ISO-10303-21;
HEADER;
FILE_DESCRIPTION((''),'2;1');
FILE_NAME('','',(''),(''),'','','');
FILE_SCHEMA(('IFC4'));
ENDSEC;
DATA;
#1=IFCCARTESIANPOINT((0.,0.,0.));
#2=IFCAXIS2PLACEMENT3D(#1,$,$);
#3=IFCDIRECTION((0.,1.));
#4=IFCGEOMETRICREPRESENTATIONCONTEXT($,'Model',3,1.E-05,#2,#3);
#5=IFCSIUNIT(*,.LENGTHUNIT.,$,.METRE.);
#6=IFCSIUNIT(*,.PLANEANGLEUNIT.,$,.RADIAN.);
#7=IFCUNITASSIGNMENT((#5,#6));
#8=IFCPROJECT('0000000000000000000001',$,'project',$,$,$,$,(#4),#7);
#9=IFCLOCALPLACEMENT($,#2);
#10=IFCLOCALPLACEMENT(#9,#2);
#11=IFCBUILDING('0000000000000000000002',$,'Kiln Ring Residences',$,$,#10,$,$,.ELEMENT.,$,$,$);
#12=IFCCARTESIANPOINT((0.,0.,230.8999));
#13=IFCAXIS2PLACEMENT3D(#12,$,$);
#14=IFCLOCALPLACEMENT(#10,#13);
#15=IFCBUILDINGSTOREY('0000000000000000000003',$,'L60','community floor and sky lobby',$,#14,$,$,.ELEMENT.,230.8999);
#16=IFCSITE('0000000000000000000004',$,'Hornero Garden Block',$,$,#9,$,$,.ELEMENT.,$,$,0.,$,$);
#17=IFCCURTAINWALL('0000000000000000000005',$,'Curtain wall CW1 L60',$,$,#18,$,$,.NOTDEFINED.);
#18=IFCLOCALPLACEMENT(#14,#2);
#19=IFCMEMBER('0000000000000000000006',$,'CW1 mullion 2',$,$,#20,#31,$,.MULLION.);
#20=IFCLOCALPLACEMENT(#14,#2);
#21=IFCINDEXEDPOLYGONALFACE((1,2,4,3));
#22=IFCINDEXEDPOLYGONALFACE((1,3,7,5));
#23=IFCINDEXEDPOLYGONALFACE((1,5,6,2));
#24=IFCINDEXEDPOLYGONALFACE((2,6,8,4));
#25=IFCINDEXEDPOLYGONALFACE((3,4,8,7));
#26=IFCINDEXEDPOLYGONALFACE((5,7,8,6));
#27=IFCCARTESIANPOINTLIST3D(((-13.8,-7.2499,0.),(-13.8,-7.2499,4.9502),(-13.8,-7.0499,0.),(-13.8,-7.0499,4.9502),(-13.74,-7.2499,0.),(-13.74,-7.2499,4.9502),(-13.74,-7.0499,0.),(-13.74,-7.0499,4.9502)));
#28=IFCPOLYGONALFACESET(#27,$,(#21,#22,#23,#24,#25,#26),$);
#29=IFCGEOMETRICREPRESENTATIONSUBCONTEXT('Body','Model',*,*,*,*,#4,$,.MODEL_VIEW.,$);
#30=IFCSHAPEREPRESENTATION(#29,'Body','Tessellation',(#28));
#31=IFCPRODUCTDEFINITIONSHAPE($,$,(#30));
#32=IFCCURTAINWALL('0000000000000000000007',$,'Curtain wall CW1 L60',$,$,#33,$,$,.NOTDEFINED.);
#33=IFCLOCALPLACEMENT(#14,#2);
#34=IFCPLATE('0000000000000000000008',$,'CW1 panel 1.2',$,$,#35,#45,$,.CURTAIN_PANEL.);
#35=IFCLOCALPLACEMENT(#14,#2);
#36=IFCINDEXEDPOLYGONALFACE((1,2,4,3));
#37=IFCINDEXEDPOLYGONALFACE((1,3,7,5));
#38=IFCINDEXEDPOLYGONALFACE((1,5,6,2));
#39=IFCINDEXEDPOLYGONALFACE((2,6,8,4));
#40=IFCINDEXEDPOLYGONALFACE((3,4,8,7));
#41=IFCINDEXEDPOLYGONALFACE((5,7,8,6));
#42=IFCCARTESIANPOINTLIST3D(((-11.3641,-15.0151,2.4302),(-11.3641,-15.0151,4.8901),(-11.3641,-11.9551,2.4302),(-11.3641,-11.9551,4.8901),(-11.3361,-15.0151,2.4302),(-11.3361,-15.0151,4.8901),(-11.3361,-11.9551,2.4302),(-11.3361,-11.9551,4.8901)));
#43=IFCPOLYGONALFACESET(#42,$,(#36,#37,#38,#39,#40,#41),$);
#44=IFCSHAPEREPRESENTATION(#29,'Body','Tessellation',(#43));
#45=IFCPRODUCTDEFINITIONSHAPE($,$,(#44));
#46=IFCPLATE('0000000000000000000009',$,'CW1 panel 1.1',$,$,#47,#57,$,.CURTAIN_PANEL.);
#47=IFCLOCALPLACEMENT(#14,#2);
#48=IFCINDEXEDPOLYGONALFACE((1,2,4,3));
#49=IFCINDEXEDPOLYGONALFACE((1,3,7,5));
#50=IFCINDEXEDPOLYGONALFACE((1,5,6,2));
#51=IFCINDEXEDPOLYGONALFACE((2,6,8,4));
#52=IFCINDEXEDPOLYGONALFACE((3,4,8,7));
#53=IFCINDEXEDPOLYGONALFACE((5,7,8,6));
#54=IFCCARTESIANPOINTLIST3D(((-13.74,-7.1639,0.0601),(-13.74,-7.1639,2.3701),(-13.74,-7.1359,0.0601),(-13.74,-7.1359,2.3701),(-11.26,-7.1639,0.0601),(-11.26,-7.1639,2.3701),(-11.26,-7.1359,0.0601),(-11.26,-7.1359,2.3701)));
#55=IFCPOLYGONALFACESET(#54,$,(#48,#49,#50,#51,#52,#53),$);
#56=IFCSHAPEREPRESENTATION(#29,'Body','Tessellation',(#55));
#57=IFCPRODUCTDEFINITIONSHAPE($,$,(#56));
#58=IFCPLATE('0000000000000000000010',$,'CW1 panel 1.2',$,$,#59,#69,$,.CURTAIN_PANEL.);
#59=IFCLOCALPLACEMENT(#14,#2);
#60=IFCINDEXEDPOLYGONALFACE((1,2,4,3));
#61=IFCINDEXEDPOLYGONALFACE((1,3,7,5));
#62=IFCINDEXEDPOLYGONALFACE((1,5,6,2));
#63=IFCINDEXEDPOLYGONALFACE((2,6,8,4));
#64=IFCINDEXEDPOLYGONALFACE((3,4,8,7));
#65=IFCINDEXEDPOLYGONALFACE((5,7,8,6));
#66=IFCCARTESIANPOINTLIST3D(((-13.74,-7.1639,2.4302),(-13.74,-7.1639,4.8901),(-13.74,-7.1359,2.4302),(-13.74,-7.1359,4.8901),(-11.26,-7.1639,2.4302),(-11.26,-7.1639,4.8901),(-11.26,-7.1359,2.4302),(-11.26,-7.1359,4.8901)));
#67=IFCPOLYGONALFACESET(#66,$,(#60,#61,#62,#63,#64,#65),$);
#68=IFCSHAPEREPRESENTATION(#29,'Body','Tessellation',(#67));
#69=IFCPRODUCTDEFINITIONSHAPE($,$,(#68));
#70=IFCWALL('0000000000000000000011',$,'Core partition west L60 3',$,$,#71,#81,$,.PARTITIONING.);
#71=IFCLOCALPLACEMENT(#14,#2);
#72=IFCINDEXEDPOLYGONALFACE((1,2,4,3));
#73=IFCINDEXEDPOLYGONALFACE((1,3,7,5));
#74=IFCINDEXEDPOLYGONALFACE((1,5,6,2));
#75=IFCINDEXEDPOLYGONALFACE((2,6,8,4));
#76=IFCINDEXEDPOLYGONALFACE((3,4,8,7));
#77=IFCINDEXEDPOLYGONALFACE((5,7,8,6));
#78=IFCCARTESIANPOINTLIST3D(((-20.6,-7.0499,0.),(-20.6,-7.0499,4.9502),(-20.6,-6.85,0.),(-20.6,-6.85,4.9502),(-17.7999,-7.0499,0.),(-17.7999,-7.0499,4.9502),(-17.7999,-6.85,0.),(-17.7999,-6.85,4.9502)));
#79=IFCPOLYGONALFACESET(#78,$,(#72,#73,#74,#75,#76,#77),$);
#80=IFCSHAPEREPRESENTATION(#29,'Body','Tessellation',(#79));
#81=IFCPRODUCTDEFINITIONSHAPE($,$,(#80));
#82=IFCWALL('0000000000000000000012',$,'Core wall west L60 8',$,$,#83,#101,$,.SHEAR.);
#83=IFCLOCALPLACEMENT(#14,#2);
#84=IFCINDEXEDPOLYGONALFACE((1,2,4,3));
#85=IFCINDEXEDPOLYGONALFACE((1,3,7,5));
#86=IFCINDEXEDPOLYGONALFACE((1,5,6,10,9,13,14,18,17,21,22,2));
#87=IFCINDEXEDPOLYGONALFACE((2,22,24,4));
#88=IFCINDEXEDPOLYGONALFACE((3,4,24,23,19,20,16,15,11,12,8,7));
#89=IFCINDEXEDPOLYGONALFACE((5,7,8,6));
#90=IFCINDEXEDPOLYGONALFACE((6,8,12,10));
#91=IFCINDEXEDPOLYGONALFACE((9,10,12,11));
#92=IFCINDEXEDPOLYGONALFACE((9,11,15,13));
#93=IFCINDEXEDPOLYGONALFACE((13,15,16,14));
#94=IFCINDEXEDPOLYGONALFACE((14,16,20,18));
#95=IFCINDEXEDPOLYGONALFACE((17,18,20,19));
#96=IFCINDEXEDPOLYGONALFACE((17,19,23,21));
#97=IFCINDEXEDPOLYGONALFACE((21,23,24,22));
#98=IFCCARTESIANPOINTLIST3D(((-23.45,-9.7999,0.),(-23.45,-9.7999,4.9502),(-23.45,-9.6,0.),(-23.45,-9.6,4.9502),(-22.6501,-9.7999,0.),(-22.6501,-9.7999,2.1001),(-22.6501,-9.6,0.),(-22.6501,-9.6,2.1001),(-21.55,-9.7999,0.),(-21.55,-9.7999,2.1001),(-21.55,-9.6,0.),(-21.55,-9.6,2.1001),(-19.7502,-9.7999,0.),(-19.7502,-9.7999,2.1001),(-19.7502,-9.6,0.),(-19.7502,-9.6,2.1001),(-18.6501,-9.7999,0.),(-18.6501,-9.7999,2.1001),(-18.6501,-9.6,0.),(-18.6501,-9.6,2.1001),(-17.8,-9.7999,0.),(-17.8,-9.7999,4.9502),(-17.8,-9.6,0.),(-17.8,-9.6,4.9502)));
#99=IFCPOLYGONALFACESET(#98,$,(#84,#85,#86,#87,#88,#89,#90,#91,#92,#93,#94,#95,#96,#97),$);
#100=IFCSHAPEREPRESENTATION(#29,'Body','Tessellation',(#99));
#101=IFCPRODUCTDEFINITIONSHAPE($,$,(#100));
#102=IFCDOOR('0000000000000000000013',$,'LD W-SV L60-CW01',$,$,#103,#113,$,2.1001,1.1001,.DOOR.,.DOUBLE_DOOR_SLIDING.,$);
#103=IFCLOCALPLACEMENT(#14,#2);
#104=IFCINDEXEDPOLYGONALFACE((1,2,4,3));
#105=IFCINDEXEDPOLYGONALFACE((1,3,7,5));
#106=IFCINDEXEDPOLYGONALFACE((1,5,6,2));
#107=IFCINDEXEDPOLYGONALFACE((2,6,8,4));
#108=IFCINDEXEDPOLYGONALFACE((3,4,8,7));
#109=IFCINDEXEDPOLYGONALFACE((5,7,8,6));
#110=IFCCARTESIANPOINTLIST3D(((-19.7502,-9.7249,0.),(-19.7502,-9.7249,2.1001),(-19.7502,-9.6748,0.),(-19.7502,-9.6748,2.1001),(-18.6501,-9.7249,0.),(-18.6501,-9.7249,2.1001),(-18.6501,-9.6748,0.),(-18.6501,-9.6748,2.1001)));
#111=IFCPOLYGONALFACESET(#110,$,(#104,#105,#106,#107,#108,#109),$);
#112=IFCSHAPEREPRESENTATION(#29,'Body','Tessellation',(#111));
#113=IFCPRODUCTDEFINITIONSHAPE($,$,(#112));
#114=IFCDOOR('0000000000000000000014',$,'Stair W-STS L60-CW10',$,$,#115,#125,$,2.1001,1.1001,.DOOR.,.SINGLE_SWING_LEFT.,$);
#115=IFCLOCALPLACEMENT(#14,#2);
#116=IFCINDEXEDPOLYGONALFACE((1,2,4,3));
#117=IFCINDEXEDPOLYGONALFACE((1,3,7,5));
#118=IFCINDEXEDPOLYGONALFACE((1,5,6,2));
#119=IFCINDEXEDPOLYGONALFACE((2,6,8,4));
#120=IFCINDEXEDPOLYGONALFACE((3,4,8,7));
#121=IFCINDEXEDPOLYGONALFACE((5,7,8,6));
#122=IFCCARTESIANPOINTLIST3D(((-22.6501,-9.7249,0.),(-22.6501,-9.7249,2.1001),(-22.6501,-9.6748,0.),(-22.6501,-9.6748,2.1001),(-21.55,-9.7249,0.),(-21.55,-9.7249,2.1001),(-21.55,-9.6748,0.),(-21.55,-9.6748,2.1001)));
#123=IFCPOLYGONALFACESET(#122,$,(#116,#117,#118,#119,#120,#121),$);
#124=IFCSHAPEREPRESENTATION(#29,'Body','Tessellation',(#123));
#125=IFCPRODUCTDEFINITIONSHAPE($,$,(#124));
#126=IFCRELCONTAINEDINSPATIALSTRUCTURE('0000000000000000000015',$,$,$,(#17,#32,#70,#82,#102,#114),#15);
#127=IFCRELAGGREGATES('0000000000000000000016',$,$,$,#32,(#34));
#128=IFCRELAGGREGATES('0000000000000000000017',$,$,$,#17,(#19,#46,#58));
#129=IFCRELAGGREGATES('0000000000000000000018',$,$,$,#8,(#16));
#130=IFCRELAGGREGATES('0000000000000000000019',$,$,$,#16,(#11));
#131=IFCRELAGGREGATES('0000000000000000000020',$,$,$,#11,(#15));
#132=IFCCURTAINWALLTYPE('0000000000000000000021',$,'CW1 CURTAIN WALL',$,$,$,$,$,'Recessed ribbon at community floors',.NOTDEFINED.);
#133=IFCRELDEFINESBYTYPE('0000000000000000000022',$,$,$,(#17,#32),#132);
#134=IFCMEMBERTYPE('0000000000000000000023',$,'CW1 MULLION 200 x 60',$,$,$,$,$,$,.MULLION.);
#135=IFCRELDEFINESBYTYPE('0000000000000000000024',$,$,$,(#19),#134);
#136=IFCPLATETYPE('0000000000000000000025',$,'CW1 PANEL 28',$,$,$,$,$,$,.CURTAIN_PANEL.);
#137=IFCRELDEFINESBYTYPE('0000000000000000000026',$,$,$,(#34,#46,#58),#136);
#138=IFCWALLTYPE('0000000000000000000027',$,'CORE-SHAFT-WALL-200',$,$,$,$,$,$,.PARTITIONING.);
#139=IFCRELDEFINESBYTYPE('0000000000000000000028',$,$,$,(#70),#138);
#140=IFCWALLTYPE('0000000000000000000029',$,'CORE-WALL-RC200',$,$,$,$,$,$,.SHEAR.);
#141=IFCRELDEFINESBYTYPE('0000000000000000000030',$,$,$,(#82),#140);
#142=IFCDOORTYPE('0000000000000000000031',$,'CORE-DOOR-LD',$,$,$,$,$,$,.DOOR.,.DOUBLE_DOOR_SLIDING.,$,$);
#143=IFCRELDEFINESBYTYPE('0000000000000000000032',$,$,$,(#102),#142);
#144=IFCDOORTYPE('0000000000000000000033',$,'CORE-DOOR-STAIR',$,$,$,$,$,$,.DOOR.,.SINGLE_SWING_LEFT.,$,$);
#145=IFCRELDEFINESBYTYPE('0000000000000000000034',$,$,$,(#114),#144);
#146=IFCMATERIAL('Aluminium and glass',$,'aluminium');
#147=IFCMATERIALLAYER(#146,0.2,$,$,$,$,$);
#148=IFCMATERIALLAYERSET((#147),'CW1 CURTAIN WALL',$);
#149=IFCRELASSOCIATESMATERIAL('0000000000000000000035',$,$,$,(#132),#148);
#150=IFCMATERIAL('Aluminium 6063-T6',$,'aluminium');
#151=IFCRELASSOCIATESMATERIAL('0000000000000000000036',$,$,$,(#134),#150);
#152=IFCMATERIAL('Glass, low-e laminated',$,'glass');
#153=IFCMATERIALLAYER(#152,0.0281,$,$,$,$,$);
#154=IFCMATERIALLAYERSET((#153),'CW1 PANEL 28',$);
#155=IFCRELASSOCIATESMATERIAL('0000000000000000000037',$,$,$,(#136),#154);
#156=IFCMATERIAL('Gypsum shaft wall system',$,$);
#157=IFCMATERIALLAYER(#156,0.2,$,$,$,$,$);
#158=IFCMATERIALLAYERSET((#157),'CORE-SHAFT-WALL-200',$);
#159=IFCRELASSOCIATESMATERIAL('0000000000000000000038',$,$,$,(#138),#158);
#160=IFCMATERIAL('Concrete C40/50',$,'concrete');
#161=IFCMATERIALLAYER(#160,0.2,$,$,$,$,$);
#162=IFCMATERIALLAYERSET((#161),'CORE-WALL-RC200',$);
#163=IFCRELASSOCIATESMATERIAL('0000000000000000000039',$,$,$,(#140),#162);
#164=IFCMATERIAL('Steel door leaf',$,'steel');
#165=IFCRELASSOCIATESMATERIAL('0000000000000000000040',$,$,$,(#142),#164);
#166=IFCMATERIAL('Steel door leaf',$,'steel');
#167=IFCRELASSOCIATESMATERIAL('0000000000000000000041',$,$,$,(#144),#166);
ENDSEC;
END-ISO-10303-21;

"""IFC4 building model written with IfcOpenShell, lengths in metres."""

from ifc_helpers import new_model, si_unit, direction, frame, frame_2d, origin, origin_2d, place, context, subcontext, project, spatial, rectangle, extrude, material, layer, layer_set, material_profile, profile_set, type_object, element, fill, aggregate, save


model = new_model("IFC4")

# Units and contexts
model_context = context("Model", 3, precision=1e-05, world=origin(), true_north=direction((0.0, 1.0)))
body_context = subcontext(model_context, "Body", "Model", "MODEL_VIEW")
ifc_project = project(units=[si_unit("LENGTHUNIT", "METRE"), si_unit("PLANEANGLEUNIT", "RADIAN")], contexts=[model_context])

# Site, building, storey
site_placement = place(None, origin())
site = spatial("IfcSite", under=ifc_project, at=site_placement, Name="Hornero Garden Block", CompositionType="ELEMENT", RefElevation=0.0)
building_placement = place(site_placement, origin())
building = spatial("IfcBuilding", under=site, at=building_placement, Name="Kiln Ring Residences", CompositionType="ELEMENT")
storey_placement = place(building_placement, frame((0.0, 0.0, 230.8999)))
storey = spatial("IfcBuildingStorey", under=building, at=storey_placement, Name="L60", Description="community floor and sky lobby", CompositionType="ELEMENT", Elevation=230.8999)

# Curtain wall, member
ifc_material_1 = material(Name="Aluminium and glass", Category="aluminium")
ifc_layer_1 = layer(ifc_material_1, 0.2)
ifc_layer_set_1 = layer_set([ifc_layer_1], Name="CW1 CURTAIN WALL")
curtain_wall_type = type_object("IfcCurtainWallType", Name="CW1 CURTAIN WALL", ElementType="Recessed ribbon at community floors", PredefinedType="NOTDEFINED", material=ifc_layer_set_1)
placement = place(storey_placement, origin())
curtain_wall_1 = element("IfcCurtainWall", 1, at=placement, inside=storey, type_object=curtain_wall_type, Name="Curtain wall CW1 L60", PredefinedType="NOTDEFINED")
ifc_material_2 = material(Name="Aluminium 6063-T6", Category="aluminium")
ifc_material_profile = material_profile(ifc_material_2, rectangle(XDim=0.2, YDim=0.0601, at=origin_2d()), Name="AL 200x60")
ifc_profile_set = profile_set([ifc_material_profile], Name="Aluminium 6063-T6")
member_type = type_object("IfcMemberType", Name="CW1 MULLION 200 x 60", PredefinedType="MULLION", material=ifc_profile_set)
member_placement = place(storey_placement, frame((-13.77, -7.1499, 0.0), z_axis=(0.0, 0.0, 1.0), x_axis=(0.0, -1.0, 0.0)))
member = element("IfcMember", 2, at=member_placement, type_object=member_type, Name="CW1 mullion 2", PredefinedType="MULLION", context=body_context, shape_type="SweptSolid", body=[
    extrude(rectangle(XDim=0.2, YDim=0.0601, at=origin_2d()), origin(), (0.0, 0.0, 1.0), 4.9502),
])

# Curtain wall, plate
curtain_wall_2 = element("IfcCurtainWall", 3, at=placement, inside=storey, type_object=curtain_wall_type, Name="Curtain wall CW1 L60", PredefinedType="NOTDEFINED")
ifc_material_3 = material(Name="Glass, low-e laminated", Category="glass")
ifc_layer_2 = layer(ifc_material_3, 0.0281)
ifc_layer_set_2 = layer_set([ifc_layer_2], Name="CW1 PANEL 28")
plate_type = type_object("IfcPlateType", Name="CW1 PANEL 28", PredefinedType="CURTAIN_PANEL", material=ifc_layer_set_2)
plate_1_placement = place(storey_placement, frame((-11.3501, -13.4851, 2.4302), z_axis=(0.0, 0.0, 1.0), x_axis=(0.0, 1.0, 0.0)))
plate_1 = element("IfcPlate", 4, at=plate_1_placement, type_object=plate_type, Name="CW1 panel 1.2", PredefinedType="CURTAIN_PANEL", context=body_context, shape_type="SweptSolid", body=[
    extrude(rectangle(XDim=3.0601, YDim=0.0281, at=origin_2d()), origin(), (0.0, 0.0, 1.0), 2.46),
])
aggregate(curtain_wall_2, [plate_1])

# Plates
plate_2_placement = place(storey_placement, frame((-12.5, -7.1499, 0.0601), z_axis=(0.0, 0.0, 1.0), x_axis=(-1.0, 0.0, 0.0)))
plate_2 = element("IfcPlate", 5, at=plate_2_placement, type_object=plate_type, Name="CW1 panel 1.1", PredefinedType="CURTAIN_PANEL", context=body_context, shape_type="SweptSolid", body=[
    extrude(rectangle(XDim=2.48, YDim=0.0281, at=origin_2d()), origin(), (0.0, 0.0, 1.0), 2.3101),
])
plate_3_placement = place(storey_placement, frame((-12.5, -7.1499, 2.4302), z_axis=(0.0, 0.0, 1.0), x_axis=(-1.0, 0.0, 0.0)))
plate_3 = element("IfcPlate", 6, at=plate_3_placement, type_object=plate_type, Name="CW1 panel 1.2", PredefinedType="CURTAIN_PANEL", context=body_context, shape_type="SweptSolid", body=[
    extrude(rectangle(XDim=2.48, YDim=0.0281, at=origin_2d()), origin(), (0.0, 0.0, 1.0), 2.46),
])
aggregate(curtain_wall_1, [member, plate_2, plate_3])

# Wall
ifc_material_4 = material(Name="Gypsum shaft wall system")
ifc_layer_3 = layer(ifc_material_4, 0.2)
ifc_layer_set_3 = layer_set([ifc_layer_3], Name="CORE-SHAFT-WALL-200")
wall_type_1 = type_object("IfcWallType", Name="CORE-SHAFT-WALL-200", PredefinedType="PARTITIONING", material=ifc_layer_set_3)
wall_1_placement = place(storey_placement, frame((-17.8, -6.95, 0.0), z_axis=(0.0, 0.0, 1.0), x_axis=(-1.0, 0.0, 0.0)))
element("IfcWall", 7, at=wall_1_placement, inside=storey, type_object=wall_type_1, Name="Core partition west L60 3", PredefinedType="PARTITIONING", context=body_context, shape_type="SweptSolid", body=[
    extrude(rectangle(XDim=2.8, YDim=0.2, at=frame_2d((1.3999, 0.0))), origin(), (0.0, 0.0, 1.0), 4.9502),
])

# Wall, openings, doors
ifc_material_5 = material(Name="Concrete C40/50", Category="concrete")
ifc_layer_4 = layer(ifc_material_5, 0.2)
ifc_layer_set_4 = layer_set([ifc_layer_4], Name="CORE-WALL-RC200")
wall_type_2 = type_object("IfcWallType", Name="CORE-WALL-RC200", PredefinedType="SHEAR", material=ifc_layer_set_4)
wall_2_placement = place(storey_placement, frame((-17.8, -9.7, 0.0), z_axis=(0.0, 0.0, 1.0), x_axis=(-1.0, 0.0, 0.0)))
wall_2 = element("IfcWall", 8, at=wall_2_placement, inside=storey, type_object=wall_type_2, Name="Core wall west L60 8", PredefinedType="SHEAR", context=body_context, shape_type="SweptSolid", body=[
    extrude(rectangle(XDim=5.6499, YDim=0.2, at=frame_2d((2.825, 0.0))), origin(), (0.0, 0.0, 1.0), 4.9502),
])
opening_1_placement = place(wall_2_placement, frame((0.8501, 0.0, 0.0)))
opening_1 = element("IfcOpeningElement", 9, at=opening_1_placement, cuts=wall_2, PredefinedType="OPENING", context=body_context, shape_type="SweptSolid", body=[
    extrude(rectangle(XDim=1.1001, YDim=2.1001, at=frame_2d((0.55, 1.05))), frame((0.0, 0.1099, 0.0), z_axis=(0.0, -1.0, 0.0), x_axis=(1.0, 0.0, 0.0)), (0.0, 0.0, 1.0), 0.22),
])
opening_2_placement = place(wall_2_placement, frame((3.75, 0.0, 0.0)))
opening_2 = element("IfcOpeningElement", 10, at=opening_2_placement, cuts=wall_2, PredefinedType="OPENING", context=body_context, shape_type="SweptSolid", body=[
    extrude(rectangle(XDim=1.1001, YDim=2.1001, at=frame_2d((0.55, 1.05))), frame((0.0, 0.1099, 0.0), z_axis=(0.0, -1.0, 0.0), x_axis=(1.0, 0.0, 0.0)), (0.0, 0.0, 1.0), 0.22),
])
ifc_material_6 = material(Name="Steel door leaf", Category="steel")
door_type_1 = type_object("IfcDoorType", Name="CORE-DOOR-LD", OperationType="DOUBLE_DOOR_SLIDING", PredefinedType="DOOR", material=ifc_material_6)
door_1_placement = place(opening_1_placement, origin())
door_1 = element("IfcDoor", 11, at=door_1_placement, inside=storey, type_object=door_type_1, Name="LD W-SV L60-CW01", OperationType="DOUBLE_DOOR_SLIDING", OverallHeight=2.1001, OverallWidth=1.1001, PredefinedType="DOOR", context=body_context, shape_type="SweptSolid", body=[
    extrude(rectangle(XDim=1.1001, YDim=2.1001, at=frame_2d((0.55, 1.05))), frame((0.0, 0.0249, 0.0), z_axis=(0.0, -1.0, 0.0), x_axis=(1.0, 0.0, 0.0)), (0.0, 0.0, 1.0), 0.05),
])
fill(opening_1, door_1)
ifc_material_7 = material(Name="Steel door leaf", Category="steel")
door_type_2 = type_object("IfcDoorType", Name="CORE-DOOR-STAIR", OperationType="SINGLE_SWING_LEFT", PredefinedType="DOOR", material=ifc_material_7)
door_2_placement = place(opening_2_placement, origin())
door_2 = element("IfcDoor", 12, at=door_2_placement, inside=storey, type_object=door_type_2, Name="Stair W-STS L60-CW10", OperationType="SINGLE_SWING_LEFT", OverallHeight=2.1001, OverallWidth=1.1001, PredefinedType="DOOR", context=body_context, shape_type="SweptSolid", body=[
    extrude(rectangle(XDim=1.1001, YDim=2.1001, at=frame_2d((0.55, 1.05))), frame((0.0, 0.0249, 0.0), z_axis=(0.0, -1.0, 0.0), x_axis=(1.0, 0.0, 0.0)), (0.0, 0.0, 1.0), 0.05),
])
fill(opening_2, door_2)

save(model, "model.ifc")
